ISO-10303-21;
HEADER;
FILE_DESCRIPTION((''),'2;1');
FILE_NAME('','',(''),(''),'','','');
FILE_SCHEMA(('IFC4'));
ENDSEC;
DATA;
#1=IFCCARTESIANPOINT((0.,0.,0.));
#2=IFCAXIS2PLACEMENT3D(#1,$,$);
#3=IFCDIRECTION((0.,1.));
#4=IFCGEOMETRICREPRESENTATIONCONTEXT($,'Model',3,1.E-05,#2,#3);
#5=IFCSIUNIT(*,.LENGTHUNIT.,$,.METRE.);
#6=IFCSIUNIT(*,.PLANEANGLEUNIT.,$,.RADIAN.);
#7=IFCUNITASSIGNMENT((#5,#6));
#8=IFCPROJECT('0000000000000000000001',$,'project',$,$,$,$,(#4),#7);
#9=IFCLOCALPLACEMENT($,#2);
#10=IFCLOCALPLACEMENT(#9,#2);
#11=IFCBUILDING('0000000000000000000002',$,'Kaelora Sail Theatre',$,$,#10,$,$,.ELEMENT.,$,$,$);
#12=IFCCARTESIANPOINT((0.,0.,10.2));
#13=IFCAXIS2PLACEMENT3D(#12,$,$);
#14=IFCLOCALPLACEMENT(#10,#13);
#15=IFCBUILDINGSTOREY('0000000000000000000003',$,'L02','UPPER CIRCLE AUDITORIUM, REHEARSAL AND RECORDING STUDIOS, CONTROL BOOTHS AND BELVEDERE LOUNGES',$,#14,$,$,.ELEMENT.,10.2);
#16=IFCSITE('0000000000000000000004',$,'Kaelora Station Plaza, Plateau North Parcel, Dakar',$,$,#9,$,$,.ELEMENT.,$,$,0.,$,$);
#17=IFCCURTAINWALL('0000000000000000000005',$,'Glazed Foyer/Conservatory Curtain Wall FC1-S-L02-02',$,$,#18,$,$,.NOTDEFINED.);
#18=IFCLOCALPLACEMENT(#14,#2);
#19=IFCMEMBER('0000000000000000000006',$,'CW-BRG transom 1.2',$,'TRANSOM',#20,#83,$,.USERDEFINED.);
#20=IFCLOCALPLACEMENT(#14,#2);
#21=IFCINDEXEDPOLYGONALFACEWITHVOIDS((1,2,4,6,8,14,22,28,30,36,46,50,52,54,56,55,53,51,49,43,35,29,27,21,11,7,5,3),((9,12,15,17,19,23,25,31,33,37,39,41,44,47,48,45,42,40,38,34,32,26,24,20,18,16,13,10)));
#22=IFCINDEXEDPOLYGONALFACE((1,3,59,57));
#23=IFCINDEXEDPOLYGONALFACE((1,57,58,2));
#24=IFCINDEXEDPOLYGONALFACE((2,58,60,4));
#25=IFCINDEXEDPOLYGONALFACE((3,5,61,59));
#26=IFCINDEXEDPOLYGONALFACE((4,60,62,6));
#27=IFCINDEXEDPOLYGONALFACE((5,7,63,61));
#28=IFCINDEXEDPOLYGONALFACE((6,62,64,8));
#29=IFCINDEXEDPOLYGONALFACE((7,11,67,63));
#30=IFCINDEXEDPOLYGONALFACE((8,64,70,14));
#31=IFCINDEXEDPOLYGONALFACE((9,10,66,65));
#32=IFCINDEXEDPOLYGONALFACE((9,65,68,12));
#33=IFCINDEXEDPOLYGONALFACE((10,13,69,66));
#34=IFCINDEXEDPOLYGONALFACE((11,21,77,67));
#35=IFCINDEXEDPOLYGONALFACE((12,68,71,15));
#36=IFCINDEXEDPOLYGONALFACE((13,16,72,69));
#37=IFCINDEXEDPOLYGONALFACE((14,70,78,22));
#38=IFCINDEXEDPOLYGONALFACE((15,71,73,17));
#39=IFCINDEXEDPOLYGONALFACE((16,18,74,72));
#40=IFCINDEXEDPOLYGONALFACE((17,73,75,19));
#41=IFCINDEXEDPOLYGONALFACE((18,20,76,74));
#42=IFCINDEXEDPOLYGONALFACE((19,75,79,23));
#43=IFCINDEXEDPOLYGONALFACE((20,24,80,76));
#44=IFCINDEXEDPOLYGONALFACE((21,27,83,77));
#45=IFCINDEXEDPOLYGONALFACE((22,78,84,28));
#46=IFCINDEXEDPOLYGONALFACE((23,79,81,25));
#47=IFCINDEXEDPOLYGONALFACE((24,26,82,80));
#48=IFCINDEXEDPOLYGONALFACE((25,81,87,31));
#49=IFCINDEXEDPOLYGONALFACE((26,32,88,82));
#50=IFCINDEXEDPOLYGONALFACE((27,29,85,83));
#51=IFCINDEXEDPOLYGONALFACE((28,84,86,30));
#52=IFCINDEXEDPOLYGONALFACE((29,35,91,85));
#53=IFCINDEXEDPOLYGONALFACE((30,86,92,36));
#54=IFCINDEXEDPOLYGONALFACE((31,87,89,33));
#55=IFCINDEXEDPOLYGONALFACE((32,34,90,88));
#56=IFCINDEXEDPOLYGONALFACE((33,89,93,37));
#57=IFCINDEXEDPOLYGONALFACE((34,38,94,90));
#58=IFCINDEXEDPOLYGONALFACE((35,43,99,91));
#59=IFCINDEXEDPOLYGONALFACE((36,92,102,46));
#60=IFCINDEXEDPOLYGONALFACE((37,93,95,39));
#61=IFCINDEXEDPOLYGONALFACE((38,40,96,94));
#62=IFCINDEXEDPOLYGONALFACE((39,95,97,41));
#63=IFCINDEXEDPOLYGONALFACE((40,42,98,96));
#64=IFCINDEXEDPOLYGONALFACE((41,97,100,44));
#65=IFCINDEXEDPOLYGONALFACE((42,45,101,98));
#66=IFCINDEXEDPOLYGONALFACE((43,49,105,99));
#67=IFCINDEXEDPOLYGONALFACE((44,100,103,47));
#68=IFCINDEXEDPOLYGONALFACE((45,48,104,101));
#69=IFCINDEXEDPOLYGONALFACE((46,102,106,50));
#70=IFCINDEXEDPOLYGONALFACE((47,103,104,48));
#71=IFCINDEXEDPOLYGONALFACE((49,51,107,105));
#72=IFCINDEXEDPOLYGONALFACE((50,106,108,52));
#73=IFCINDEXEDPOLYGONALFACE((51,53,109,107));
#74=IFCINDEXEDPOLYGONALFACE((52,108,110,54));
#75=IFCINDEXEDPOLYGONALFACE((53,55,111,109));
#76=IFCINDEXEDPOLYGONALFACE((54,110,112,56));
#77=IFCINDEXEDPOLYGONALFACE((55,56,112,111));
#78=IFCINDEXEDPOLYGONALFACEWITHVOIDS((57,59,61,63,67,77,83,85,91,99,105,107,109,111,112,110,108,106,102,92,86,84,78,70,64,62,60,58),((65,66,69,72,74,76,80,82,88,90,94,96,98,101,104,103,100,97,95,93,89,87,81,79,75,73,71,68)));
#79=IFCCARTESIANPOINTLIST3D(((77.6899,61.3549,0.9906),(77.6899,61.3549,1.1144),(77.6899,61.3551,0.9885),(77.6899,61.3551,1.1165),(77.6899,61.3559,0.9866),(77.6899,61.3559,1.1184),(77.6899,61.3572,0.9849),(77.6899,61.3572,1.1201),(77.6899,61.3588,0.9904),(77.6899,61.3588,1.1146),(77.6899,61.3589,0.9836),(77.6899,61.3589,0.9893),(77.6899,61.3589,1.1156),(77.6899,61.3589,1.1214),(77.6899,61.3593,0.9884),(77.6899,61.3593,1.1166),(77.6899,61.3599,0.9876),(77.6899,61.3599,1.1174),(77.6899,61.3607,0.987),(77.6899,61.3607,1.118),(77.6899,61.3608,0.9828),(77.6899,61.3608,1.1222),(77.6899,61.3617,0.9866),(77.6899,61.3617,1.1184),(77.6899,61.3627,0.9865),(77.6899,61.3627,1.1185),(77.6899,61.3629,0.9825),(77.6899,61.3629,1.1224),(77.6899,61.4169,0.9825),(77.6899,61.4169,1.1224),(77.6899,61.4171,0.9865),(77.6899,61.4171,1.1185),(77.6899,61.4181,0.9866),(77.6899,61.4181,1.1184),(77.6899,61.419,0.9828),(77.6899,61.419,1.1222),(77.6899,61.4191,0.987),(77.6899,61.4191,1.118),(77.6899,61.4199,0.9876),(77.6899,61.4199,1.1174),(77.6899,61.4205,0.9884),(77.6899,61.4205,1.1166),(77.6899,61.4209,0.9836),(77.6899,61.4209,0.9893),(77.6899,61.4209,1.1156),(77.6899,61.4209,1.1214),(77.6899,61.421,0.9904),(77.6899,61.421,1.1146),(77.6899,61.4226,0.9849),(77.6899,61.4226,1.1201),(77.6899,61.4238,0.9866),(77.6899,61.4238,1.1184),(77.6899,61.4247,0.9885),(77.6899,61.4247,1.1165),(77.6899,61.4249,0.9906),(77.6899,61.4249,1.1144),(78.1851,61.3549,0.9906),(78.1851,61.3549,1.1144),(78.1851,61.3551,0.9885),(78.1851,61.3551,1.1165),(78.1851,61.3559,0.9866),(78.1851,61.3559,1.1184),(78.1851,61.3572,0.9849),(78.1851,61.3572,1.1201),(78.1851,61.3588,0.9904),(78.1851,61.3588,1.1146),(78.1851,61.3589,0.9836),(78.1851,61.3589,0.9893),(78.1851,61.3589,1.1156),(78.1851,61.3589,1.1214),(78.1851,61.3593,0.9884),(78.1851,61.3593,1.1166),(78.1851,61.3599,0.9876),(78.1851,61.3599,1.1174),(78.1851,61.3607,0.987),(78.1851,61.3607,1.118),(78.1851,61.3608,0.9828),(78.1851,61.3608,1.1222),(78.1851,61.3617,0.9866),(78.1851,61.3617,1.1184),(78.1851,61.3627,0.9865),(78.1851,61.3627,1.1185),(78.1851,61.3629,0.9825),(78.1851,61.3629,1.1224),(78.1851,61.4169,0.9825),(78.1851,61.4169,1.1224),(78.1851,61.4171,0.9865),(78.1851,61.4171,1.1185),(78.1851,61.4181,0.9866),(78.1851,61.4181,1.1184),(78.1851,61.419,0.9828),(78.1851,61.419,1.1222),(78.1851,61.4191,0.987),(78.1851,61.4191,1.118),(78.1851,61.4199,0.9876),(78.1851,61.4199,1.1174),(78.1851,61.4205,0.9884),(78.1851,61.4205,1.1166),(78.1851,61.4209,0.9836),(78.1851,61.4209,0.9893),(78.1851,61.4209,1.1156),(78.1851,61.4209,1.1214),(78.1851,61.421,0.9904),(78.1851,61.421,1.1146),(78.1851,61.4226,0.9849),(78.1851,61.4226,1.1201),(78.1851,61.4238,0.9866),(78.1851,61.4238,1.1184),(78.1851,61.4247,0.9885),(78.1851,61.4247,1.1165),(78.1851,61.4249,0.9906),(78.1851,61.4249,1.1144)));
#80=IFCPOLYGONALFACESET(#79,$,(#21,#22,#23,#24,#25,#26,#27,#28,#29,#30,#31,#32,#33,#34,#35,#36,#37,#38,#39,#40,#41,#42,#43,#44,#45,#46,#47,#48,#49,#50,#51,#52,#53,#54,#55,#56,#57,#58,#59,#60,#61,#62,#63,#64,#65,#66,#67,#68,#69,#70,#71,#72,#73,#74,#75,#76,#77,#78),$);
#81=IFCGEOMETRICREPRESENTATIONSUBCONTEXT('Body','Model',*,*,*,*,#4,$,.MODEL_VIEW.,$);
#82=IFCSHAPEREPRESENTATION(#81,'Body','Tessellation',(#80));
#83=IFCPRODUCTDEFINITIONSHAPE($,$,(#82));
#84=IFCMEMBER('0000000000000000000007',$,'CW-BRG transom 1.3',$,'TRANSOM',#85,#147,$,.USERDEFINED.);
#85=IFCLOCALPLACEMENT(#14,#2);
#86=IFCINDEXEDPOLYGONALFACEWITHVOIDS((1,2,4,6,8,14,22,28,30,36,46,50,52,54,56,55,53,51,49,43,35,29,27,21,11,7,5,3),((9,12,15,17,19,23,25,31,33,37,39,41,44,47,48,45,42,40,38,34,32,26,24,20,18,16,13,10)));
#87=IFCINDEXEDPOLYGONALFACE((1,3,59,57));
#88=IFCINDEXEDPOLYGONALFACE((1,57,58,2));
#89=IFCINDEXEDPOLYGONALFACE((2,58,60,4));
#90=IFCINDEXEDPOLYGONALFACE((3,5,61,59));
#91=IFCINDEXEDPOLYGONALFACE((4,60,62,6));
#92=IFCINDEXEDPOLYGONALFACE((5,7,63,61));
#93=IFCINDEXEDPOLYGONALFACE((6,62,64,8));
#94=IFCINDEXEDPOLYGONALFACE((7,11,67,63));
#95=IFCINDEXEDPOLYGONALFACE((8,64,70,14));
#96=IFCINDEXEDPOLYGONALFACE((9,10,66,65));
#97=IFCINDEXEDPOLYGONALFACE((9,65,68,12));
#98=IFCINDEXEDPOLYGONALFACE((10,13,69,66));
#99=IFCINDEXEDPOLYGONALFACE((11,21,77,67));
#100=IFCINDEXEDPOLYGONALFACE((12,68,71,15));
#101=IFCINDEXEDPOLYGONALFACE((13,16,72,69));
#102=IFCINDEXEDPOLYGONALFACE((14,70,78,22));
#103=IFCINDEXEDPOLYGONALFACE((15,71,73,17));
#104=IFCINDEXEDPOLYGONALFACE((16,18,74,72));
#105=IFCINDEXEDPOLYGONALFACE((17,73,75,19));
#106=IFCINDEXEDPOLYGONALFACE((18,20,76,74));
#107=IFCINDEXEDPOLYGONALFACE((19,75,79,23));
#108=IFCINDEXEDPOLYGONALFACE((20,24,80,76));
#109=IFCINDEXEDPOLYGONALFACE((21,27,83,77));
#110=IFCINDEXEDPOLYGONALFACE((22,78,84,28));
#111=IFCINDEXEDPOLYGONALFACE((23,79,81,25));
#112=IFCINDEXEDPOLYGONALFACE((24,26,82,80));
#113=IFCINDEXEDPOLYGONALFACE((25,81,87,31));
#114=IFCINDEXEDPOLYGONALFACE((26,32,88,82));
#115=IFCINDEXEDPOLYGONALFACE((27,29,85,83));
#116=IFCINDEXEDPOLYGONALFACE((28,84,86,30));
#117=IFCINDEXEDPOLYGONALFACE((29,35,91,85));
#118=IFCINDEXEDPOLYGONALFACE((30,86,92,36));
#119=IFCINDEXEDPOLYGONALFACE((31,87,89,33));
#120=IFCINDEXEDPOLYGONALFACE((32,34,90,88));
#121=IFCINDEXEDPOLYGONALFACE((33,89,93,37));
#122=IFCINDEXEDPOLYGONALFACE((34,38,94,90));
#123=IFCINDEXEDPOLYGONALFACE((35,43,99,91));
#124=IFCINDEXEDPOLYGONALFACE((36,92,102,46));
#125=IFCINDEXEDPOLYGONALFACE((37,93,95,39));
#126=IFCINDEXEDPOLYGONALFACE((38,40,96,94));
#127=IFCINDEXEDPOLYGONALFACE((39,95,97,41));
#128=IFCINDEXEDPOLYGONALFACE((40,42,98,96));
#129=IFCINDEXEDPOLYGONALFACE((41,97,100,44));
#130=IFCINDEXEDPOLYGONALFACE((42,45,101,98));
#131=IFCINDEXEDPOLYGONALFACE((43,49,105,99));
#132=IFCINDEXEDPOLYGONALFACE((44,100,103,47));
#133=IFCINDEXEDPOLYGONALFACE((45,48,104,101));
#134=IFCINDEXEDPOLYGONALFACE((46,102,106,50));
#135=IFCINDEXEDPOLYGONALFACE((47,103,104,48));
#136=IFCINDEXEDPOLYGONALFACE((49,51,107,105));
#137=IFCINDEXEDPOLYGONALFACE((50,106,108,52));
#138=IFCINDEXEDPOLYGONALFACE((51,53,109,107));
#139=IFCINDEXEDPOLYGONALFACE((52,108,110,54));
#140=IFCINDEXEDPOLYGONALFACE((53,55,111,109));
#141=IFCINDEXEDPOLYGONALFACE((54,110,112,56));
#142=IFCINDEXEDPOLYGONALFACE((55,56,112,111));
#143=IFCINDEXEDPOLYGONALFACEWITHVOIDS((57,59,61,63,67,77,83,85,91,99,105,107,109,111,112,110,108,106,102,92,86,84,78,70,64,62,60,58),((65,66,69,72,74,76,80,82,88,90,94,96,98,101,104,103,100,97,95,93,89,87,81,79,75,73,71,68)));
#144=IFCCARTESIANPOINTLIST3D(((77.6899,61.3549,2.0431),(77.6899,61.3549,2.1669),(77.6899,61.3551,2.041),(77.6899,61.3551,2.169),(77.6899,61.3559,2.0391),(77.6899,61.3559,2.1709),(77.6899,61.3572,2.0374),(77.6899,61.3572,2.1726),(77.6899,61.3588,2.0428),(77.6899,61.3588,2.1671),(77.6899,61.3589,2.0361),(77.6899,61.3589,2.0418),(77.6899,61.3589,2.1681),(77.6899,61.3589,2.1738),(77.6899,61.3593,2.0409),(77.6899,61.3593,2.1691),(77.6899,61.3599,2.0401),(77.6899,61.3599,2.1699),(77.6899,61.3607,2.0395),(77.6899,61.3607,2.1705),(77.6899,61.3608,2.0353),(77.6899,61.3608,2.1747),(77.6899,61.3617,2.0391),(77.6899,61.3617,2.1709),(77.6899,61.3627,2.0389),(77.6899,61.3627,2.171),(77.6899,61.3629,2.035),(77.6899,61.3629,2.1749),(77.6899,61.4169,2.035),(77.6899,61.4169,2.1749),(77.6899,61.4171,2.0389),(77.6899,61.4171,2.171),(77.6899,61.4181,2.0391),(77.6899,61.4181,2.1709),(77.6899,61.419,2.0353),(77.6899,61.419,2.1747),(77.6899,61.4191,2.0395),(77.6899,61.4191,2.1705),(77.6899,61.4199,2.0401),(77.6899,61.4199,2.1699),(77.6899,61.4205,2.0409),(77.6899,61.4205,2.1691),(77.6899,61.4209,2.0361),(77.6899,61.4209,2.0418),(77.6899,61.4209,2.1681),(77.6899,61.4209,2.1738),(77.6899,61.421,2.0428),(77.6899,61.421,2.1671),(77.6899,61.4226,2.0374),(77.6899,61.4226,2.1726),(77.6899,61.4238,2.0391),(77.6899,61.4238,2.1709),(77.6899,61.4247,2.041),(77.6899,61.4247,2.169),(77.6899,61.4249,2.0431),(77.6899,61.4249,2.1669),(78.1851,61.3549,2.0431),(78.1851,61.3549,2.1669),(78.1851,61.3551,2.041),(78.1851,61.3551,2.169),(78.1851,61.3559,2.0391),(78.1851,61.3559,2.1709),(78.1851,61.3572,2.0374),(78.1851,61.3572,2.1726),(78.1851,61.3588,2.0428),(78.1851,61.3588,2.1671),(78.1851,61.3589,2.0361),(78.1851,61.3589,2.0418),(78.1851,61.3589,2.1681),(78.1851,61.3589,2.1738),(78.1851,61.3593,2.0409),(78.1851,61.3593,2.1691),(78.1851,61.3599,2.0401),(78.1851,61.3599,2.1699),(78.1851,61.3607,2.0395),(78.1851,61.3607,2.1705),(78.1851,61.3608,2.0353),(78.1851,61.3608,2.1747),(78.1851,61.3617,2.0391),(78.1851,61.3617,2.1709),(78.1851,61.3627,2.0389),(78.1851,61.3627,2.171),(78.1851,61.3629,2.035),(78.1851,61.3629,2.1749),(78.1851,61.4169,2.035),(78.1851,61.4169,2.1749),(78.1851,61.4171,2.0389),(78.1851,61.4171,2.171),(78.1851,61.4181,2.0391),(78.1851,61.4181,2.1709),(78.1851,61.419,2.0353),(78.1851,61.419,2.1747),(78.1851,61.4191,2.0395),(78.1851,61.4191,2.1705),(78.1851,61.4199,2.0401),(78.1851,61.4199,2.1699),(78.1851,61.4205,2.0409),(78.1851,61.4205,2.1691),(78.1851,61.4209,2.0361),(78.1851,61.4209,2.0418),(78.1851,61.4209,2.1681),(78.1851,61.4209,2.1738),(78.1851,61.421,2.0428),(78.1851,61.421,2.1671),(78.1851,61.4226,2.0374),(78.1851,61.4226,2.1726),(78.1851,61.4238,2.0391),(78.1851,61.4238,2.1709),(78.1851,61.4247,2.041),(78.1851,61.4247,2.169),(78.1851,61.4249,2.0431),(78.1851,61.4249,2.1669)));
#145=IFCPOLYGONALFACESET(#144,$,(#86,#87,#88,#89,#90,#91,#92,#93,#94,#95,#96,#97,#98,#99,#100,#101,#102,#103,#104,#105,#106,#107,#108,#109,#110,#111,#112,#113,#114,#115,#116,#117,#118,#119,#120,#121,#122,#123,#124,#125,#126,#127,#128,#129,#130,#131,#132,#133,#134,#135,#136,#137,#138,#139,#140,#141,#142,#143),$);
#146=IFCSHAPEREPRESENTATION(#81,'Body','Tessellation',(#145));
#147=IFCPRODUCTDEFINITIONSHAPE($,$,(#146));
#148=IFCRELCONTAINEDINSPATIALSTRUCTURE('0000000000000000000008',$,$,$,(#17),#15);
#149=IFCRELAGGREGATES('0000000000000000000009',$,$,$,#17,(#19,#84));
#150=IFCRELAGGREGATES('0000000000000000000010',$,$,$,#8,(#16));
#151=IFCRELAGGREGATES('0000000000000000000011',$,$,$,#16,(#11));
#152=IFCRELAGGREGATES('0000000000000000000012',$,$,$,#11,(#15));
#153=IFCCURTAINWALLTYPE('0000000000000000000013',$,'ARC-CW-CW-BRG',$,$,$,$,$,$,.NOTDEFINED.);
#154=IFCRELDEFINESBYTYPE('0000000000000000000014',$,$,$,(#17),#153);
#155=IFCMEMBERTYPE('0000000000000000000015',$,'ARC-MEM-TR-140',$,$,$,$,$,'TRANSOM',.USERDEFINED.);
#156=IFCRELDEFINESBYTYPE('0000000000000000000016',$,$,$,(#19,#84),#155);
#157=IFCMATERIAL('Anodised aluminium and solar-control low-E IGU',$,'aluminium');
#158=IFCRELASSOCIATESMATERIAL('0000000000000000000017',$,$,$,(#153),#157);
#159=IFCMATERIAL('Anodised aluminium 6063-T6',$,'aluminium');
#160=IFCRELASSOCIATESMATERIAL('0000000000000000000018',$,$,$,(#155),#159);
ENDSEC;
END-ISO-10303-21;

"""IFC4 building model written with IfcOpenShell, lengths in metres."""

from ifc_helpers import new_model, si_unit, direction, frame, origin, origin_2d, place, context, subcontext, project, spatial, hollow_rectangle, extrude, material, material_profile, profile_set, type_object, element, aggregate, save


model = new_model("IFC4")

# Units and contexts
model_context = context("Model", 3, precision=1e-05, world=origin(), true_north=direction((0.0, 1.0)))
body_context = subcontext(model_context, "Body", "Model", "MODEL_VIEW")
ifc_project = project(units=[si_unit("LENGTHUNIT", "METRE"), si_unit("PLANEANGLEUNIT", "RADIAN")], contexts=[model_context])

# Site, building, storey
site_placement = place(None, origin())
site = spatial("IfcSite", under=ifc_project, at=site_placement, Name="Kaelora Station Plaza, Plateau North Parcel, Dakar", CompositionType="ELEMENT", RefElevation=0.0)
building_placement = place(site_placement, origin())
building = spatial("IfcBuilding", under=site, at=building_placement, Name="Kaelora Sail Theatre", CompositionType="ELEMENT")
storey_placement = place(building_placement, frame((0.0, 0.0, 10.2)))
storey = spatial("IfcBuildingStorey", under=building, at=storey_placement, Name="L02", Description="UPPER CIRCLE AUDITORIUM, REHEARSAL AND RECORDING STUDIOS, CONTROL BOOTHS AND BELVEDERE LOUNGES", CompositionType="ELEMENT", Elevation=10.2)

# Curtain wall
ifc_material_1 = material(Name="Anodised aluminium and solar-control low-E IGU", Category="aluminium")
curtain_wall_type = type_object("IfcCurtainWallType", Name="ARC-CW-CW-BRG", PredefinedType="NOTDEFINED", material=ifc_material_1)
curtain_wall_1_placement = place(storey_placement, origin())
curtain_wall_1 = element("IfcCurtainWall", 1, at=curtain_wall_1_placement, inside=storey, type_object=curtain_wall_type, Name="Glazed Foyer/Conservatory Curtain Wall FC1-S-L02-02", PredefinedType="NOTDEFINED")

# Members
ifc_material_2 = material(Name="Anodised aluminium 6063-T6", Category="aluminium")
ifc_material_profile_1 = material_profile(ifc_material_2, hollow_rectangle(XDim=0.0701, YDim=0.1399, WallThickness=0.0039, InnerFilletRadius=0.0039, OuterFilletRadius=0.0081, at=origin_2d()), Name="ALU-TRAN 70x140x4")
ifc_profile_set_1 = profile_set([ifc_material_profile_1], Name="Anodised aluminium 6063-T6")
member_type_1 = type_object("IfcMemberType", Name="ARC-MEM-TR-140", ElementType="TRANSOM", PredefinedType="USERDEFINED", material=ifc_profile_set_1)
member_1_placement = place(storey_placement, frame((77.6899, 61.3899, 1.0525), z_axis=(1.0, 0.0, 0.0), x_axis=(0.0, 1.0, 0.0)))
member_1 = element("IfcMember", 2, at=member_1_placement, type_object=member_type_1, Name="CW-BRG transom 1.2", ObjectType="TRANSOM", PredefinedType="USERDEFINED", context=body_context, shape_type="SweptSolid", body=[
    extrude(hollow_rectangle(XDim=0.0701, YDim=0.1399, WallThickness=0.0039, InnerFilletRadius=0.0039, OuterFilletRadius=0.0081, at=origin_2d()), origin(), (0.0, 0.0, 1.0), 0.4951),
])
member_2_placement = place(storey_placement, frame((77.6899, 61.3899, 2.105), z_axis=(1.0, 0.0, 0.0), x_axis=(0.0, 1.0, 0.0)))
member_2 = element("IfcMember", 3, at=member_2_placement, type_object=member_type_1, Name="CW-BRG transom 1.3", ObjectType="TRANSOM", PredefinedType="USERDEFINED", context=body_context, shape_type="SweptSolid", body=[
    extrude(hollow_rectangle(XDim=0.0701, YDim=0.1399, WallThickness=0.0039, InnerFilletRadius=0.0039, OuterFilletRadius=0.0081, at=origin_2d()), origin(), (0.0, 0.0, 1.0), 0.4951),
])

aggregate(curtain_wall_1, [member_1, member_2])

save(model, "model.ifc")
